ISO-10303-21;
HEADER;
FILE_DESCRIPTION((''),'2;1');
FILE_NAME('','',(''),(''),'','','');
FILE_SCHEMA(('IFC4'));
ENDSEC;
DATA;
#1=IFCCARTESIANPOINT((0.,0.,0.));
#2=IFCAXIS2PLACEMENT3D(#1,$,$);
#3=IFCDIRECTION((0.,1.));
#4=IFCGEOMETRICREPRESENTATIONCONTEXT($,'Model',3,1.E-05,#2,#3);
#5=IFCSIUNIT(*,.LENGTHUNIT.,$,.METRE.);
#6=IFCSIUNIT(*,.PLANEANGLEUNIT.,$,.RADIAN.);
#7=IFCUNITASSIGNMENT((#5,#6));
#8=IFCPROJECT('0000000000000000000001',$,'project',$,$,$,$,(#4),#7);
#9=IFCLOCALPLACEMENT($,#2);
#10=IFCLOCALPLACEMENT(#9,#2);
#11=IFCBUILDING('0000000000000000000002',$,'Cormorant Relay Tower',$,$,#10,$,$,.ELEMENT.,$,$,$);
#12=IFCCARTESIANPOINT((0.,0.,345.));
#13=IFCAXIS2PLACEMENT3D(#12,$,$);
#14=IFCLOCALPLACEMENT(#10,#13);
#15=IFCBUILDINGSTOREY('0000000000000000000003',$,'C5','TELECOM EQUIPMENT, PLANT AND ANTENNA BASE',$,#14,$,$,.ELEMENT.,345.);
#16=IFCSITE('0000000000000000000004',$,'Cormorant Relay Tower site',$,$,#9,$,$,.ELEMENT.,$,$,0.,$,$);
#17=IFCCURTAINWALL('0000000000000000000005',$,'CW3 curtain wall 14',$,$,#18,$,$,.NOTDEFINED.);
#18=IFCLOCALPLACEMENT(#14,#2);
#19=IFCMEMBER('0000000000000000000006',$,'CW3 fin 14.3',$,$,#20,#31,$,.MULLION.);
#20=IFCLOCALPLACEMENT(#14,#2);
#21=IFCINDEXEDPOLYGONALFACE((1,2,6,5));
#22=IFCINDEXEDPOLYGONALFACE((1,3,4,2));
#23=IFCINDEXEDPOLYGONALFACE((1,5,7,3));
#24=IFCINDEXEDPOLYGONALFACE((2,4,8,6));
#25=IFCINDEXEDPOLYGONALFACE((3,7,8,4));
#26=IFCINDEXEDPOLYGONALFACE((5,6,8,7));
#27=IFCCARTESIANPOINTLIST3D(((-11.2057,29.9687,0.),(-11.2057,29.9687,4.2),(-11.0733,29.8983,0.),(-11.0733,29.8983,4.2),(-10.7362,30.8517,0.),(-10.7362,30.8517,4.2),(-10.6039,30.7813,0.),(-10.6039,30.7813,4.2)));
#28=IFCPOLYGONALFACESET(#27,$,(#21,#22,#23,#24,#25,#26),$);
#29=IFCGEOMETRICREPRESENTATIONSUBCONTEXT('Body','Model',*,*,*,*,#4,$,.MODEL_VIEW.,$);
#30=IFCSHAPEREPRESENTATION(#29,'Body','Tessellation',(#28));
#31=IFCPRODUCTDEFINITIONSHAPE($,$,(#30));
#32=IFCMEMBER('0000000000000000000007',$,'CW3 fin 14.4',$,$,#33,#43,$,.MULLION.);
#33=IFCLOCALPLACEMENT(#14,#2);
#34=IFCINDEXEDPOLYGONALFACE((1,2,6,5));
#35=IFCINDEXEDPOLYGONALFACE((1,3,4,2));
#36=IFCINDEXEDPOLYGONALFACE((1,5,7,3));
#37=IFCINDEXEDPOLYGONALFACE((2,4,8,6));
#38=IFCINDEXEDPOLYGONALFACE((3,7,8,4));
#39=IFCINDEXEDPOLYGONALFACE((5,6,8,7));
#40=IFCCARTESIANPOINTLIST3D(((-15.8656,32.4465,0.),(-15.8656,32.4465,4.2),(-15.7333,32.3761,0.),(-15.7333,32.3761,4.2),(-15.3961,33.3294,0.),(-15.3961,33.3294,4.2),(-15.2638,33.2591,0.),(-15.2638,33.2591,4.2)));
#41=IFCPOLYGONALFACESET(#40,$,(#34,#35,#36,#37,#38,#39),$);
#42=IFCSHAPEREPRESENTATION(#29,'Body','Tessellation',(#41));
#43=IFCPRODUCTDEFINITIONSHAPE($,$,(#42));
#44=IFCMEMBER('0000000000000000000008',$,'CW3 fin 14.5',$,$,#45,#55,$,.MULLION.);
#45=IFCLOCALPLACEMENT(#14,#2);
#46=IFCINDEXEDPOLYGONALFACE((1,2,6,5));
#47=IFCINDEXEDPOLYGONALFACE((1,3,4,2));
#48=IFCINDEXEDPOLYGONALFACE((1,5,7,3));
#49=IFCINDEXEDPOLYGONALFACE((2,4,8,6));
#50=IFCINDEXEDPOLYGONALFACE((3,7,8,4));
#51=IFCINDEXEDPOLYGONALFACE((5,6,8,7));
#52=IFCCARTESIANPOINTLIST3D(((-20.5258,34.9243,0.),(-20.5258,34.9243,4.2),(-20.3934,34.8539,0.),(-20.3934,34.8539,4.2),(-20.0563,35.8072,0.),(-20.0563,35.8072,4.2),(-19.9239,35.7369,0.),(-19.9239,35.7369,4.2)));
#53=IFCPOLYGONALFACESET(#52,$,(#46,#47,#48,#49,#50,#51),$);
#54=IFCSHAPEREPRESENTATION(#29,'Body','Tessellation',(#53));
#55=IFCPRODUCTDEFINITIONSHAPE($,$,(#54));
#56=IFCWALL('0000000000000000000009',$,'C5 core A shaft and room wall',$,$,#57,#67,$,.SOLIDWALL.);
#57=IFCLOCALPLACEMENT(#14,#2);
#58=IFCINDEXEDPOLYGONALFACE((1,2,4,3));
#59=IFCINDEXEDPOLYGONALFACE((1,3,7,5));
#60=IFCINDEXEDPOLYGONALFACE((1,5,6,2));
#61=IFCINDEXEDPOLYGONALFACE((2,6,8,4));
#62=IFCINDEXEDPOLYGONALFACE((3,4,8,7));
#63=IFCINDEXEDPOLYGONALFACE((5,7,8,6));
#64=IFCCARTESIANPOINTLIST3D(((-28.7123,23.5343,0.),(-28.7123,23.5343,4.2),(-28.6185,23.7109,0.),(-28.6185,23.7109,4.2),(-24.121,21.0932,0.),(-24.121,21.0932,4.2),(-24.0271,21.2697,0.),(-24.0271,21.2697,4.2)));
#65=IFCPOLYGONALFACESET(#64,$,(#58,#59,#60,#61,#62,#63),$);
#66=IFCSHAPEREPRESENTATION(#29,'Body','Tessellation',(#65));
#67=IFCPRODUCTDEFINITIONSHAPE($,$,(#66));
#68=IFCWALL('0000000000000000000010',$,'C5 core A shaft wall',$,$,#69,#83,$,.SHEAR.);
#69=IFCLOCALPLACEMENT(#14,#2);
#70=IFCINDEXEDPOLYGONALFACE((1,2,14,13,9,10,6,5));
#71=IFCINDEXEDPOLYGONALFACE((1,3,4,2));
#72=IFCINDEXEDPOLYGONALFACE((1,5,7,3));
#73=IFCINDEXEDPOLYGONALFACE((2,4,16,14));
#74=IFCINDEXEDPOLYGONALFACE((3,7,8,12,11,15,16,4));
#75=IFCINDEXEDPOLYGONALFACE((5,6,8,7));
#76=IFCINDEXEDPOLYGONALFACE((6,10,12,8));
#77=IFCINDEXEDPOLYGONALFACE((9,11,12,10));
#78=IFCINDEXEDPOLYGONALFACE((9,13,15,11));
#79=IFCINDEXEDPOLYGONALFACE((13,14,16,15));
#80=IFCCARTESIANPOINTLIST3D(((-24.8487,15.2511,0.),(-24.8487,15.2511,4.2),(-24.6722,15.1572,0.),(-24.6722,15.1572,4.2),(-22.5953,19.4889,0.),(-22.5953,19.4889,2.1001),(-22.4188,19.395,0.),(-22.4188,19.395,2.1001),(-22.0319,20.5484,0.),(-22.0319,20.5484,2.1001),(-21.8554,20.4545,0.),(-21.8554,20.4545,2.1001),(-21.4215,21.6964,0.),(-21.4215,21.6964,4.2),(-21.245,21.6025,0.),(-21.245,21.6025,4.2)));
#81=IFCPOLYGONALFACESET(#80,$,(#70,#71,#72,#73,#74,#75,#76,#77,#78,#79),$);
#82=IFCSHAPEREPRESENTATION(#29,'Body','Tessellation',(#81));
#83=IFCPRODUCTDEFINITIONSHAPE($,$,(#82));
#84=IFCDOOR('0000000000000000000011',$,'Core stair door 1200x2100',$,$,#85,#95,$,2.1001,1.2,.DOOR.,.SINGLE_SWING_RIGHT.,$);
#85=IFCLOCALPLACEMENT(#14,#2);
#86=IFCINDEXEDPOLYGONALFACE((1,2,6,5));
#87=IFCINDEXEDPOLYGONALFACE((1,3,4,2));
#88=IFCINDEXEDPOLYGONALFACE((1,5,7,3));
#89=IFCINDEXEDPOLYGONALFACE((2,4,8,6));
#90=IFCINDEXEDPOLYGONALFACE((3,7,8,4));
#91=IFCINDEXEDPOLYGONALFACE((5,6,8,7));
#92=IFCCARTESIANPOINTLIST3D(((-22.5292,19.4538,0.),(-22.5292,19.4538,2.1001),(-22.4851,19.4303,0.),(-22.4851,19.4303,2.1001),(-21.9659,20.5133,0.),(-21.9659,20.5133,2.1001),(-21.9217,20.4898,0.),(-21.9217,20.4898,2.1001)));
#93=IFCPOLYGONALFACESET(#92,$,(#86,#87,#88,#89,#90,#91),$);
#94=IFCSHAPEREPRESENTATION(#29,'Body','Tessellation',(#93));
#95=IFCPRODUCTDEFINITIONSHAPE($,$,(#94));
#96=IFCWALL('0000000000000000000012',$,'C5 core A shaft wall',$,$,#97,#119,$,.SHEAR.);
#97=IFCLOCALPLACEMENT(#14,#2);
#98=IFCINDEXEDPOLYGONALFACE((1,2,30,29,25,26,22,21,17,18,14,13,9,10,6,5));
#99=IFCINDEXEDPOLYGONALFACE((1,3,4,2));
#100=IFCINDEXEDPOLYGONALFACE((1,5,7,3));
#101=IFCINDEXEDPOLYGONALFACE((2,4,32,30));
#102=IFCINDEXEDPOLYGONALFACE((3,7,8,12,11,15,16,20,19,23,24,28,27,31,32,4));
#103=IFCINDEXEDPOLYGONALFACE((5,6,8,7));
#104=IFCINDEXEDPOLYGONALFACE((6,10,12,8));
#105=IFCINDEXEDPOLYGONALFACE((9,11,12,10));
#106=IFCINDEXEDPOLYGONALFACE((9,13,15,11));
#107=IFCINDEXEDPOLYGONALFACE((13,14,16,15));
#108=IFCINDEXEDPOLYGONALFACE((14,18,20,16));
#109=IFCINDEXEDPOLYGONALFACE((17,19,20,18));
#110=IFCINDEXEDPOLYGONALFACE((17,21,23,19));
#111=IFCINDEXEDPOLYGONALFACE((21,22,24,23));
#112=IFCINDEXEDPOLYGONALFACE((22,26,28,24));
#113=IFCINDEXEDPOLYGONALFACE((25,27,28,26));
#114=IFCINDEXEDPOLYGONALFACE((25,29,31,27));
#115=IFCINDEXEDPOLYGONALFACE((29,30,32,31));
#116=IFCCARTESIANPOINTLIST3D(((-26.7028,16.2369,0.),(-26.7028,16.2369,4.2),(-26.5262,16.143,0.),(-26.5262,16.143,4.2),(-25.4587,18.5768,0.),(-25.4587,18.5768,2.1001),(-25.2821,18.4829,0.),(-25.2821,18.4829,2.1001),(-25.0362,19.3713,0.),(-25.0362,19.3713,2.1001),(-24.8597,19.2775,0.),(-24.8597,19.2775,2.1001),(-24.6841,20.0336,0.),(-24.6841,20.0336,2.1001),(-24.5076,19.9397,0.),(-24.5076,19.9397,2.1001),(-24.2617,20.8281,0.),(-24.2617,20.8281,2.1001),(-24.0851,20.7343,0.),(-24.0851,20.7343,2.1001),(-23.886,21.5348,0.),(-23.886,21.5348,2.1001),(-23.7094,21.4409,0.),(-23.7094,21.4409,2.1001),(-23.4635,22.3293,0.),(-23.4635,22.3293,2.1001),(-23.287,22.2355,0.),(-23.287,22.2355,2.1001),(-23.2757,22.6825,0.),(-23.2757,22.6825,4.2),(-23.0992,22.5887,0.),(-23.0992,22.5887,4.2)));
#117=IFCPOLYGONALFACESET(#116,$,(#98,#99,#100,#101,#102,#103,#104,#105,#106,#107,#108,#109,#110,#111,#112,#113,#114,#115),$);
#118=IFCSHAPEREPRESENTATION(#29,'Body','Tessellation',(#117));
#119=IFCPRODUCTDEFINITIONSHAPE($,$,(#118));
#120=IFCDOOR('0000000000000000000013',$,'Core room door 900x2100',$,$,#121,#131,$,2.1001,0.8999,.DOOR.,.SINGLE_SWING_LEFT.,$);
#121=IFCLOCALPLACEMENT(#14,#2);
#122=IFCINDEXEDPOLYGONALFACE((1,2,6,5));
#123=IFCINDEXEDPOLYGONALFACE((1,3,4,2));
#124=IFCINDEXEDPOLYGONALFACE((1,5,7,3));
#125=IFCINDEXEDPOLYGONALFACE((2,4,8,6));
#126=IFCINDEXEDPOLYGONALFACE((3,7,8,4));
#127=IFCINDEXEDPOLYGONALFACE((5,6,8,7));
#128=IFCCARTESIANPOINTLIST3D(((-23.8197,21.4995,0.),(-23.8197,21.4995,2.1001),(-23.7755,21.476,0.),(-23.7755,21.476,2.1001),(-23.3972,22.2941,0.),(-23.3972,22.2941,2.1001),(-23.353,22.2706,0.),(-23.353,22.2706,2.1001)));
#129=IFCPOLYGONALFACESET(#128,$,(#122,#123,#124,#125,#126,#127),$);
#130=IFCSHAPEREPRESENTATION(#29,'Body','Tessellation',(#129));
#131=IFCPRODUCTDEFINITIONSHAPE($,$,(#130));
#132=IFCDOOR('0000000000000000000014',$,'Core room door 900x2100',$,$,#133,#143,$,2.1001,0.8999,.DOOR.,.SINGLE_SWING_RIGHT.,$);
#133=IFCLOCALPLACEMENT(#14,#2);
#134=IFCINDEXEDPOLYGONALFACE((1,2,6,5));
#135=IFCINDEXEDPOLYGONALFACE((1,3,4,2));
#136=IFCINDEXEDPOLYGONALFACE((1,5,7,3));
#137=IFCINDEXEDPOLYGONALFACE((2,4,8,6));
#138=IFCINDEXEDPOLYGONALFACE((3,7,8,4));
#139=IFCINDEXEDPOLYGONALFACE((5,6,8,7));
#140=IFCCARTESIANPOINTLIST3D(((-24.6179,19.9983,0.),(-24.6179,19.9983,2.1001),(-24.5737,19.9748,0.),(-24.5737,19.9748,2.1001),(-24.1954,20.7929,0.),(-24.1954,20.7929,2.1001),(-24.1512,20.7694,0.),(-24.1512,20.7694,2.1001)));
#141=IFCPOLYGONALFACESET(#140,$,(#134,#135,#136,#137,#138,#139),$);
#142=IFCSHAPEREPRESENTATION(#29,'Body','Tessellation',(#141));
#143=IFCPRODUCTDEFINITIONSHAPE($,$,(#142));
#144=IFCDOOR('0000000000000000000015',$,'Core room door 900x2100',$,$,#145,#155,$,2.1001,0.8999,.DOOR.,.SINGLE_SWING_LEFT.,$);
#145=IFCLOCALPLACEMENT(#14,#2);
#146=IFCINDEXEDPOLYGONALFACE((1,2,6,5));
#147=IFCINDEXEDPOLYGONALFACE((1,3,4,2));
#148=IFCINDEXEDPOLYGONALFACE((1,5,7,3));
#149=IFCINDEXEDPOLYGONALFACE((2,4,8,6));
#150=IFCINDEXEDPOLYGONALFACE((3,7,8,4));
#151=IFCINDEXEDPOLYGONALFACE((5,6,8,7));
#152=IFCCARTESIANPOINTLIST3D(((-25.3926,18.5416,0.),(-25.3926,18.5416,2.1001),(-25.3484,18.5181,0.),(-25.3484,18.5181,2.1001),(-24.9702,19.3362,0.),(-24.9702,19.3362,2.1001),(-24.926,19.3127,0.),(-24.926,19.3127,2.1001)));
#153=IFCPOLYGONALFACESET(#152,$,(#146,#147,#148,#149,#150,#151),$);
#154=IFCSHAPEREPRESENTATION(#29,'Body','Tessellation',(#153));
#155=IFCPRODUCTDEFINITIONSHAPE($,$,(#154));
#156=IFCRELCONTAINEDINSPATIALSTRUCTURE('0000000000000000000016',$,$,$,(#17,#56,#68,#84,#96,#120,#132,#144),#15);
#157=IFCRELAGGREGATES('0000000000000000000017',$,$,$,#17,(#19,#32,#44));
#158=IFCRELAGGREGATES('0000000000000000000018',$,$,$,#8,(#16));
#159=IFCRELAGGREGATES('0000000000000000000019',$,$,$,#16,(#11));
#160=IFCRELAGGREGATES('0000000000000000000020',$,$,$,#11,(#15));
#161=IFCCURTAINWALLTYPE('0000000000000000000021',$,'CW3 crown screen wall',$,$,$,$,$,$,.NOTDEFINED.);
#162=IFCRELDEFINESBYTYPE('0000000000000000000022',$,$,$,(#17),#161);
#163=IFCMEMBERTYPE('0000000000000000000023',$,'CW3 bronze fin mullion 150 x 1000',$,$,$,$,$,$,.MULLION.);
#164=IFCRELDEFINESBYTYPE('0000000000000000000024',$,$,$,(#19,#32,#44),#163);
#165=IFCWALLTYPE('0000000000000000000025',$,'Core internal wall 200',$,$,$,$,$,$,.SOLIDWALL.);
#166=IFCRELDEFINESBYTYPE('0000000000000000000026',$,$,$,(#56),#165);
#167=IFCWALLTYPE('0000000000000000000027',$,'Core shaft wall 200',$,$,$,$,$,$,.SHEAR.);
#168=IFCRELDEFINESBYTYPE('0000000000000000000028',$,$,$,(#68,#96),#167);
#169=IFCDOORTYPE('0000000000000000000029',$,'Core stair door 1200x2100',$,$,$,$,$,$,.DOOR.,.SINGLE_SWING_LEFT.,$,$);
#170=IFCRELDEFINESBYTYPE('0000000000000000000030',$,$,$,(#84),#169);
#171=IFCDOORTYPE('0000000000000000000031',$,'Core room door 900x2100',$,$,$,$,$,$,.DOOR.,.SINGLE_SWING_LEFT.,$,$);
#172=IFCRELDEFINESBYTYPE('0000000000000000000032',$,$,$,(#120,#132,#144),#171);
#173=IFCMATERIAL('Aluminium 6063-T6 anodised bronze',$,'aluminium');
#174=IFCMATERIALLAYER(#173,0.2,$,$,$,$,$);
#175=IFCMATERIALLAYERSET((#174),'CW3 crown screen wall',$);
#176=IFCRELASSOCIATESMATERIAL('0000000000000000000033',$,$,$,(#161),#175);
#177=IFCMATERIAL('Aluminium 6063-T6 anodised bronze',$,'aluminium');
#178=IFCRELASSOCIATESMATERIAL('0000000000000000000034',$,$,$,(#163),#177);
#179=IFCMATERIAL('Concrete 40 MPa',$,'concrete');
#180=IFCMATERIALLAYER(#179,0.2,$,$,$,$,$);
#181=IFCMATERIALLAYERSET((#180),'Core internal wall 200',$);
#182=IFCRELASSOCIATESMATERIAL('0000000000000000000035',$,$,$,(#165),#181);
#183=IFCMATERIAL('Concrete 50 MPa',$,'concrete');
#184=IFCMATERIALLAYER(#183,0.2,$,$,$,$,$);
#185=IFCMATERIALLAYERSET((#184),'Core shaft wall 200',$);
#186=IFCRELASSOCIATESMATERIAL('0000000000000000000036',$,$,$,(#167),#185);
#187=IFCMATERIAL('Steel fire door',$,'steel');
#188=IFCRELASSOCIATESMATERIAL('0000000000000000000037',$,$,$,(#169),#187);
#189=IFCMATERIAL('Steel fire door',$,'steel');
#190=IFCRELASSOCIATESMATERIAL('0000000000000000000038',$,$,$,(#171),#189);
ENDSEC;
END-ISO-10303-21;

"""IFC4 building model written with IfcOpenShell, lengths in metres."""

from ifc_helpers import new_model, si_unit, direction, frame, frame_2d, origin, origin_2d, place, context, subcontext, project, spatial, rectangle, extrude, material, layer, layer_set, material_profile, profile_set, type_object, element, fill, aggregate, save


model = new_model("IFC4")

# Units and contexts
model_context = context("Model", 3, precision=1e-05, world=origin(), true_north=direction((0.0, 1.0)))
body_context = subcontext(model_context, "Body", "Model", "MODEL_VIEW")
ifc_project = project(units=[si_unit("LENGTHUNIT", "METRE"), si_unit("PLANEANGLEUNIT", "RADIAN")], contexts=[model_context])

# Site, building, storey
site_placement = place(None, origin())
site = spatial("IfcSite", under=ifc_project, at=site_placement, Name="Cormorant Relay Tower site", CompositionType="ELEMENT", RefElevation=0.0)
building_placement = place(site_placement, origin())
building = spatial("IfcBuilding", under=site, at=building_placement, Name="Cormorant Relay Tower", CompositionType="ELEMENT")
storey_placement = place(building_placement, frame((0.0, 0.0, 345.0)))
storey = spatial("IfcBuildingStorey", under=building, at=storey_placement, Name="C5", Description="TELECOM EQUIPMENT, PLANT AND ANTENNA BASE", CompositionType="ELEMENT", Elevation=345.0)

# Curtain wall, members
ifc_material_1 = material(Name="Aluminium 6063-T6 anodised bronze", Category="aluminium")
ifc_layer_1 = layer(ifc_material_1, 0.2)
ifc_layer_set_1 = layer_set([ifc_layer_1], Name="CW3 crown screen wall")
curtain_wall_type = type_object("IfcCurtainWallType", Name="CW3 crown screen wall", PredefinedType="NOTDEFINED", material=ifc_layer_set_1)
curtain_wall_placement = place(storey_placement, origin())
curtain_wall = element("IfcCurtainWall", 1, at=curtain_wall_placement, inside=storey, type_object=curtain_wall_type, Name="CW3 curtain wall 14", PredefinedType="NOTDEFINED")
ifc_material_2 = material(Name="Aluminium 6063-T6 anodised bronze", Category="aluminium")
ifc_material_profile = material_profile(ifc_material_2, rectangle(XDim=0.1499, YDim=1.0, at=origin_2d()), Name="AL 150x1000")
ifc_profile_set = profile_set([ifc_material_profile], Name="Aluminium 6063-T6 anodised bronze")
member_type = type_object("IfcMemberType", Name="CW3 bronze fin mullion 150 x 1000", PredefinedType="MULLION", material=ifc_profile_set)
member_1_placement = place(storey_placement, frame((-10.9048, 30.375, 0.0), z_axis=(0.0, 0.0, 1.0), x_axis=(-0.882948, 0.469472, 0.0)))
member_1 = element("IfcMember", 2, at=member_1_placement, type_object=member_type, Name="CW3 fin 14.3", PredefinedType="MULLION", context=body_context, shape_type="SweptSolid", body=[
    extrude(rectangle(XDim=0.1499, YDim=1.0, at=origin_2d()), origin(), (0.0, 0.0, 1.0), 4.2),
])
member_2_placement = place(storey_placement, frame((-15.5647, 32.8528, 0.0), z_axis=(0.0, 0.0, 1.0), x_axis=(-0.882948, 0.469472, 0.0)))
member_2 = element("IfcMember", 3, at=member_2_placement, type_object=member_type, Name="CW3 fin 14.4", PredefinedType="MULLION", context=body_context, shape_type="SweptSolid", body=[
    extrude(rectangle(XDim=0.1499, YDim=1.0, at=origin_2d()), origin(), (0.0, 0.0, 1.0), 4.2),
])
member_3_placement = place(storey_placement, frame((-20.2249, 35.3306, 0.0), z_axis=(0.0, 0.0, 1.0), x_axis=(-0.882948, 0.469472, 0.0)))
member_3 = element("IfcMember", 4, at=member_3_placement, type_object=member_type, Name="CW3 fin 14.5", PredefinedType="MULLION", context=body_context, shape_type="SweptSolid", body=[
    extrude(rectangle(XDim=0.1499, YDim=1.0, at=origin_2d()), origin(), (0.0, 0.0, 1.0), 4.2),
])

# Wall
ifc_material_3 = material(Name="Concrete 40 MPa", Category="concrete")
ifc_layer_2 = layer(ifc_material_3, 0.2)
ifc_layer_set_2 = layer_set([ifc_layer_2], Name="Core internal wall 200")
wall_type_1 = type_object("IfcWallType", Name="Core internal wall 200", PredefinedType="SOLIDWALL", material=ifc_layer_set_2)
wall_1_placement = place(storey_placement, frame((-24.074, 21.1814, 0.0), z_axis=(0.0, 0.0, 1.0), x_axis=(-0.882954, 0.46946, 0.0)))
element("IfcWall", 5, at=wall_1_placement, inside=storey, type_object=wall_type_1, Name="C5 core A shaft and room wall", PredefinedType="SOLIDWALL", context=body_context, shape_type="SweptSolid", body=[
    extrude(rectangle(XDim=5.2, YDim=0.2, at=frame_2d((2.6001, 0.0))), origin(), (0.0, 0.0, 1.0), 4.2),
])

# Wall, opening, door
ifc_material_4 = material(Name="Concrete 50 MPa", Category="concrete")
ifc_layer_3 = layer(ifc_material_4, 0.2)
ifc_layer_set_3 = layer_set([ifc_layer_3], Name="Core shaft wall 200")
wall_type_2 = type_object("IfcWallType", Name="Core shaft wall 200", PredefinedType="SHEAR", material=ifc_layer_set_3)
wall_2_placement = place(storey_placement, frame((-21.3333, 21.6494, 0.0), z_axis=(0.0, 0.0, 1.0), x_axis=(-0.469494, -0.882936, 0.0)))
wall_2 = element("IfcWall", 6, at=wall_2_placement, inside=storey, type_object=wall_type_2, Name="C5 core A shaft wall", PredefinedType="SHEAR", context=body_context, shape_type="SweptSolid", body=[
    extrude(rectangle(XDim=7.2998, YDim=0.2, at=frame_2d((3.6499, 0.0))), origin(), (0.0, 0.0, 1.0), 4.2),
])
opening_1_placement = place(wall_2_placement, frame((1.3, 0.0, 0.0)))
opening_1 = element("IfcOpeningElement", 7, at=opening_1_placement, cuts=wall_2, PredefinedType="OPENING", context=body_context, shape_type="SweptSolid", body=[
    extrude(rectangle(XDim=1.2, YDim=2.1001, at=frame_2d((0.6001, 1.05))), frame((0.0, 0.1099, 0.0), z_axis=(0.0, -1.0, 0.0), x_axis=(1.0, 0.0, 0.0)), (0.0, 0.0, 1.0), 0.22),
])
ifc_material_5 = material(Name="Steel fire door", Category="steel")
door_type_1 = type_object("IfcDoorType", Name="Core stair door 1200x2100", OperationType="SINGLE_SWING_LEFT", PredefinedType="DOOR", material=ifc_material_5)
door_1_placement = place(opening_1_placement, origin())
door_1 = element("IfcDoor", 8, at=door_1_placement, inside=storey, type_object=door_type_1, Name="Core stair door 1200x2100", OperationType="SINGLE_SWING_RIGHT", OverallHeight=2.1001, OverallWidth=1.2, PredefinedType="DOOR", context=body_context, shape_type="SweptSolid", body=[
    extrude(rectangle(XDim=1.2, YDim=2.1001, at=frame_2d((0.6001, 1.05))), frame((0.0, 0.0249, 0.0), z_axis=(0.0, -1.0, 0.0), x_axis=(1.0, 0.0, 0.0)), (0.0, 0.0, 1.0), 0.05),
])
fill(opening_1, door_1)

# Wall, openings, doors
wall_3_placement = place(storey_placement, frame((-23.1875, 22.6355, 0.0), z_axis=(0.0, 0.0, 1.0), x_axis=(-0.469454, -0.882957, 0.0)))
wall_3 = element("IfcWall", 9, at=wall_3_placement, inside=storey, type_object=wall_type_2, Name="C5 core A shaft wall", PredefinedType="SHEAR", context=body_context, shape_type="SweptSolid", body=[
    extrude(rectangle(XDim=7.3, YDim=0.2, at=frame_2d((3.6499, 0.0))), origin(), (0.0, 0.0, 1.0), 4.2),
])
opening_2_placement = place(wall_3_placement, frame((0.3999, 0.0, 0.0)))
opening_2 = element("IfcOpeningElement", 10, at=opening_2_placement, cuts=wall_3, PredefinedType="OPENING", context=body_context, shape_type="SweptSolid", body=[
    extrude(rectangle(XDim=0.8999, YDim=2.1001, at=frame_2d((0.45, 1.05))), frame((0.0, 0.1099, 0.0), z_axis=(0.0, -1.0, 0.0), x_axis=(1.0, 0.0, 0.0)), (0.0, 0.0, 1.0), 0.22),
])
opening_3_placement = place(wall_3_placement, frame((2.1001, 0.0, 0.0)))
opening_3 = element("IfcOpeningElement", 11, at=opening_3_placement, cuts=wall_3, PredefinedType="OPENING", context=body_context, shape_type="SweptSolid", body=[
    extrude(rectangle(XDim=0.8999, YDim=2.1001, at=frame_2d((0.45, 1.05))), frame((0.0, 0.1099, 0.0), z_axis=(0.0, -1.0, 0.0), x_axis=(1.0, 0.0, 0.0)), (0.0, 0.0, 1.0), 0.22),
])
opening_4_placement = place(wall_3_placement, frame((3.75, 0.0, 0.0)))
opening_4 = element("IfcOpeningElement", 12, at=opening_4_placement, cuts=wall_3, PredefinedType="OPENING", context=body_context, shape_type="SweptSolid", body=[
    extrude(rectangle(XDim=0.8999, YDim=2.1001, at=frame_2d((0.45, 1.05))), frame((0.0, 0.1099, 0.0), z_axis=(0.0, -1.0, 0.0), x_axis=(1.0, 0.0, 0.0)), (0.0, 0.0, 1.0), 0.22),
])
ifc_material_6 = material(Name="Steel fire door", Category="steel")
door_type_2 = type_object("IfcDoorType", Name="Core room door 900x2100", OperationType="SINGLE_SWING_LEFT", PredefinedType="DOOR", material=ifc_material_6)
door_2_placement = place(opening_2_placement, frame((0.8999, 0.0, 0.0), z_axis=(0.0, 0.0, 1.0), x_axis=(-1.0, 0.0, 0.0)))
door_2 = element("IfcDoor", 13, at=door_2_placement, inside=storey, type_object=door_type_2, Name="Core room door 900x2100", OperationType="SINGLE_SWING_LEFT", OverallHeight=2.1001, OverallWidth=0.8999, PredefinedType="DOOR", context=body_context, shape_type="SweptSolid", body=[
    extrude(rectangle(XDim=0.8999, YDim=2.1001, at=frame_2d((0.45, 1.05))), frame((0.0, 0.0249, 0.0), z_axis=(0.0, -1.0, 0.0), x_axis=(1.0, 0.0, 0.0)), (0.0, 0.0, 1.0), 0.05),
])
fill(opening_2, door_2)
door_3_placement = place(opening_3_placement, frame((0.8999, 0.0, 0.0), z_axis=(0.0, 0.0, 1.0), x_axis=(-1.0, 0.0, 0.0)))
door_3 = element("IfcDoor", 14, at=door_3_placement, inside=storey, type_object=door_type_2, Name="Core room door 900x2100", OperationType="SINGLE_SWING_RIGHT", OverallHeight=2.1001, OverallWidth=0.8999, PredefinedType="DOOR", context=body_context, shape_type="SweptSolid", body=[
    extrude(rectangle(XDim=0.8999, YDim=2.1001, at=frame_2d((0.45, 1.05))), frame((0.0, 0.0249, 0.0), z_axis=(0.0, -1.0, 0.0), x_axis=(1.0, 0.0, 0.0)), (0.0, 0.0, 1.0), 0.05),
])
fill(opening_3, door_3)
door_4_placement = place(opening_4_placement, origin())
door_4 = element("IfcDoor", 15, at=door_4_placement, inside=storey, type_object=door_type_2, Name="Core room door 900x2100", OperationType="SINGLE_SWING_LEFT", OverallHeight=2.1001, OverallWidth=0.8999, PredefinedType="DOOR", context=body_context, shape_type="SweptSolid", body=[
    extrude(rectangle(XDim=0.8999, YDim=2.1001, at=frame_2d((0.45, 1.05))), frame((0.0, 0.0249, 0.0), z_axis=(0.0, -1.0, 0.0), x_axis=(1.0, 0.0, 0.0)), (0.0, 0.0, 1.0), 0.05),
])
fill(opening_4, door_4)

aggregate(curtain_wall, [member_1, member_2, member_3])

save(model, "model.ifc")
